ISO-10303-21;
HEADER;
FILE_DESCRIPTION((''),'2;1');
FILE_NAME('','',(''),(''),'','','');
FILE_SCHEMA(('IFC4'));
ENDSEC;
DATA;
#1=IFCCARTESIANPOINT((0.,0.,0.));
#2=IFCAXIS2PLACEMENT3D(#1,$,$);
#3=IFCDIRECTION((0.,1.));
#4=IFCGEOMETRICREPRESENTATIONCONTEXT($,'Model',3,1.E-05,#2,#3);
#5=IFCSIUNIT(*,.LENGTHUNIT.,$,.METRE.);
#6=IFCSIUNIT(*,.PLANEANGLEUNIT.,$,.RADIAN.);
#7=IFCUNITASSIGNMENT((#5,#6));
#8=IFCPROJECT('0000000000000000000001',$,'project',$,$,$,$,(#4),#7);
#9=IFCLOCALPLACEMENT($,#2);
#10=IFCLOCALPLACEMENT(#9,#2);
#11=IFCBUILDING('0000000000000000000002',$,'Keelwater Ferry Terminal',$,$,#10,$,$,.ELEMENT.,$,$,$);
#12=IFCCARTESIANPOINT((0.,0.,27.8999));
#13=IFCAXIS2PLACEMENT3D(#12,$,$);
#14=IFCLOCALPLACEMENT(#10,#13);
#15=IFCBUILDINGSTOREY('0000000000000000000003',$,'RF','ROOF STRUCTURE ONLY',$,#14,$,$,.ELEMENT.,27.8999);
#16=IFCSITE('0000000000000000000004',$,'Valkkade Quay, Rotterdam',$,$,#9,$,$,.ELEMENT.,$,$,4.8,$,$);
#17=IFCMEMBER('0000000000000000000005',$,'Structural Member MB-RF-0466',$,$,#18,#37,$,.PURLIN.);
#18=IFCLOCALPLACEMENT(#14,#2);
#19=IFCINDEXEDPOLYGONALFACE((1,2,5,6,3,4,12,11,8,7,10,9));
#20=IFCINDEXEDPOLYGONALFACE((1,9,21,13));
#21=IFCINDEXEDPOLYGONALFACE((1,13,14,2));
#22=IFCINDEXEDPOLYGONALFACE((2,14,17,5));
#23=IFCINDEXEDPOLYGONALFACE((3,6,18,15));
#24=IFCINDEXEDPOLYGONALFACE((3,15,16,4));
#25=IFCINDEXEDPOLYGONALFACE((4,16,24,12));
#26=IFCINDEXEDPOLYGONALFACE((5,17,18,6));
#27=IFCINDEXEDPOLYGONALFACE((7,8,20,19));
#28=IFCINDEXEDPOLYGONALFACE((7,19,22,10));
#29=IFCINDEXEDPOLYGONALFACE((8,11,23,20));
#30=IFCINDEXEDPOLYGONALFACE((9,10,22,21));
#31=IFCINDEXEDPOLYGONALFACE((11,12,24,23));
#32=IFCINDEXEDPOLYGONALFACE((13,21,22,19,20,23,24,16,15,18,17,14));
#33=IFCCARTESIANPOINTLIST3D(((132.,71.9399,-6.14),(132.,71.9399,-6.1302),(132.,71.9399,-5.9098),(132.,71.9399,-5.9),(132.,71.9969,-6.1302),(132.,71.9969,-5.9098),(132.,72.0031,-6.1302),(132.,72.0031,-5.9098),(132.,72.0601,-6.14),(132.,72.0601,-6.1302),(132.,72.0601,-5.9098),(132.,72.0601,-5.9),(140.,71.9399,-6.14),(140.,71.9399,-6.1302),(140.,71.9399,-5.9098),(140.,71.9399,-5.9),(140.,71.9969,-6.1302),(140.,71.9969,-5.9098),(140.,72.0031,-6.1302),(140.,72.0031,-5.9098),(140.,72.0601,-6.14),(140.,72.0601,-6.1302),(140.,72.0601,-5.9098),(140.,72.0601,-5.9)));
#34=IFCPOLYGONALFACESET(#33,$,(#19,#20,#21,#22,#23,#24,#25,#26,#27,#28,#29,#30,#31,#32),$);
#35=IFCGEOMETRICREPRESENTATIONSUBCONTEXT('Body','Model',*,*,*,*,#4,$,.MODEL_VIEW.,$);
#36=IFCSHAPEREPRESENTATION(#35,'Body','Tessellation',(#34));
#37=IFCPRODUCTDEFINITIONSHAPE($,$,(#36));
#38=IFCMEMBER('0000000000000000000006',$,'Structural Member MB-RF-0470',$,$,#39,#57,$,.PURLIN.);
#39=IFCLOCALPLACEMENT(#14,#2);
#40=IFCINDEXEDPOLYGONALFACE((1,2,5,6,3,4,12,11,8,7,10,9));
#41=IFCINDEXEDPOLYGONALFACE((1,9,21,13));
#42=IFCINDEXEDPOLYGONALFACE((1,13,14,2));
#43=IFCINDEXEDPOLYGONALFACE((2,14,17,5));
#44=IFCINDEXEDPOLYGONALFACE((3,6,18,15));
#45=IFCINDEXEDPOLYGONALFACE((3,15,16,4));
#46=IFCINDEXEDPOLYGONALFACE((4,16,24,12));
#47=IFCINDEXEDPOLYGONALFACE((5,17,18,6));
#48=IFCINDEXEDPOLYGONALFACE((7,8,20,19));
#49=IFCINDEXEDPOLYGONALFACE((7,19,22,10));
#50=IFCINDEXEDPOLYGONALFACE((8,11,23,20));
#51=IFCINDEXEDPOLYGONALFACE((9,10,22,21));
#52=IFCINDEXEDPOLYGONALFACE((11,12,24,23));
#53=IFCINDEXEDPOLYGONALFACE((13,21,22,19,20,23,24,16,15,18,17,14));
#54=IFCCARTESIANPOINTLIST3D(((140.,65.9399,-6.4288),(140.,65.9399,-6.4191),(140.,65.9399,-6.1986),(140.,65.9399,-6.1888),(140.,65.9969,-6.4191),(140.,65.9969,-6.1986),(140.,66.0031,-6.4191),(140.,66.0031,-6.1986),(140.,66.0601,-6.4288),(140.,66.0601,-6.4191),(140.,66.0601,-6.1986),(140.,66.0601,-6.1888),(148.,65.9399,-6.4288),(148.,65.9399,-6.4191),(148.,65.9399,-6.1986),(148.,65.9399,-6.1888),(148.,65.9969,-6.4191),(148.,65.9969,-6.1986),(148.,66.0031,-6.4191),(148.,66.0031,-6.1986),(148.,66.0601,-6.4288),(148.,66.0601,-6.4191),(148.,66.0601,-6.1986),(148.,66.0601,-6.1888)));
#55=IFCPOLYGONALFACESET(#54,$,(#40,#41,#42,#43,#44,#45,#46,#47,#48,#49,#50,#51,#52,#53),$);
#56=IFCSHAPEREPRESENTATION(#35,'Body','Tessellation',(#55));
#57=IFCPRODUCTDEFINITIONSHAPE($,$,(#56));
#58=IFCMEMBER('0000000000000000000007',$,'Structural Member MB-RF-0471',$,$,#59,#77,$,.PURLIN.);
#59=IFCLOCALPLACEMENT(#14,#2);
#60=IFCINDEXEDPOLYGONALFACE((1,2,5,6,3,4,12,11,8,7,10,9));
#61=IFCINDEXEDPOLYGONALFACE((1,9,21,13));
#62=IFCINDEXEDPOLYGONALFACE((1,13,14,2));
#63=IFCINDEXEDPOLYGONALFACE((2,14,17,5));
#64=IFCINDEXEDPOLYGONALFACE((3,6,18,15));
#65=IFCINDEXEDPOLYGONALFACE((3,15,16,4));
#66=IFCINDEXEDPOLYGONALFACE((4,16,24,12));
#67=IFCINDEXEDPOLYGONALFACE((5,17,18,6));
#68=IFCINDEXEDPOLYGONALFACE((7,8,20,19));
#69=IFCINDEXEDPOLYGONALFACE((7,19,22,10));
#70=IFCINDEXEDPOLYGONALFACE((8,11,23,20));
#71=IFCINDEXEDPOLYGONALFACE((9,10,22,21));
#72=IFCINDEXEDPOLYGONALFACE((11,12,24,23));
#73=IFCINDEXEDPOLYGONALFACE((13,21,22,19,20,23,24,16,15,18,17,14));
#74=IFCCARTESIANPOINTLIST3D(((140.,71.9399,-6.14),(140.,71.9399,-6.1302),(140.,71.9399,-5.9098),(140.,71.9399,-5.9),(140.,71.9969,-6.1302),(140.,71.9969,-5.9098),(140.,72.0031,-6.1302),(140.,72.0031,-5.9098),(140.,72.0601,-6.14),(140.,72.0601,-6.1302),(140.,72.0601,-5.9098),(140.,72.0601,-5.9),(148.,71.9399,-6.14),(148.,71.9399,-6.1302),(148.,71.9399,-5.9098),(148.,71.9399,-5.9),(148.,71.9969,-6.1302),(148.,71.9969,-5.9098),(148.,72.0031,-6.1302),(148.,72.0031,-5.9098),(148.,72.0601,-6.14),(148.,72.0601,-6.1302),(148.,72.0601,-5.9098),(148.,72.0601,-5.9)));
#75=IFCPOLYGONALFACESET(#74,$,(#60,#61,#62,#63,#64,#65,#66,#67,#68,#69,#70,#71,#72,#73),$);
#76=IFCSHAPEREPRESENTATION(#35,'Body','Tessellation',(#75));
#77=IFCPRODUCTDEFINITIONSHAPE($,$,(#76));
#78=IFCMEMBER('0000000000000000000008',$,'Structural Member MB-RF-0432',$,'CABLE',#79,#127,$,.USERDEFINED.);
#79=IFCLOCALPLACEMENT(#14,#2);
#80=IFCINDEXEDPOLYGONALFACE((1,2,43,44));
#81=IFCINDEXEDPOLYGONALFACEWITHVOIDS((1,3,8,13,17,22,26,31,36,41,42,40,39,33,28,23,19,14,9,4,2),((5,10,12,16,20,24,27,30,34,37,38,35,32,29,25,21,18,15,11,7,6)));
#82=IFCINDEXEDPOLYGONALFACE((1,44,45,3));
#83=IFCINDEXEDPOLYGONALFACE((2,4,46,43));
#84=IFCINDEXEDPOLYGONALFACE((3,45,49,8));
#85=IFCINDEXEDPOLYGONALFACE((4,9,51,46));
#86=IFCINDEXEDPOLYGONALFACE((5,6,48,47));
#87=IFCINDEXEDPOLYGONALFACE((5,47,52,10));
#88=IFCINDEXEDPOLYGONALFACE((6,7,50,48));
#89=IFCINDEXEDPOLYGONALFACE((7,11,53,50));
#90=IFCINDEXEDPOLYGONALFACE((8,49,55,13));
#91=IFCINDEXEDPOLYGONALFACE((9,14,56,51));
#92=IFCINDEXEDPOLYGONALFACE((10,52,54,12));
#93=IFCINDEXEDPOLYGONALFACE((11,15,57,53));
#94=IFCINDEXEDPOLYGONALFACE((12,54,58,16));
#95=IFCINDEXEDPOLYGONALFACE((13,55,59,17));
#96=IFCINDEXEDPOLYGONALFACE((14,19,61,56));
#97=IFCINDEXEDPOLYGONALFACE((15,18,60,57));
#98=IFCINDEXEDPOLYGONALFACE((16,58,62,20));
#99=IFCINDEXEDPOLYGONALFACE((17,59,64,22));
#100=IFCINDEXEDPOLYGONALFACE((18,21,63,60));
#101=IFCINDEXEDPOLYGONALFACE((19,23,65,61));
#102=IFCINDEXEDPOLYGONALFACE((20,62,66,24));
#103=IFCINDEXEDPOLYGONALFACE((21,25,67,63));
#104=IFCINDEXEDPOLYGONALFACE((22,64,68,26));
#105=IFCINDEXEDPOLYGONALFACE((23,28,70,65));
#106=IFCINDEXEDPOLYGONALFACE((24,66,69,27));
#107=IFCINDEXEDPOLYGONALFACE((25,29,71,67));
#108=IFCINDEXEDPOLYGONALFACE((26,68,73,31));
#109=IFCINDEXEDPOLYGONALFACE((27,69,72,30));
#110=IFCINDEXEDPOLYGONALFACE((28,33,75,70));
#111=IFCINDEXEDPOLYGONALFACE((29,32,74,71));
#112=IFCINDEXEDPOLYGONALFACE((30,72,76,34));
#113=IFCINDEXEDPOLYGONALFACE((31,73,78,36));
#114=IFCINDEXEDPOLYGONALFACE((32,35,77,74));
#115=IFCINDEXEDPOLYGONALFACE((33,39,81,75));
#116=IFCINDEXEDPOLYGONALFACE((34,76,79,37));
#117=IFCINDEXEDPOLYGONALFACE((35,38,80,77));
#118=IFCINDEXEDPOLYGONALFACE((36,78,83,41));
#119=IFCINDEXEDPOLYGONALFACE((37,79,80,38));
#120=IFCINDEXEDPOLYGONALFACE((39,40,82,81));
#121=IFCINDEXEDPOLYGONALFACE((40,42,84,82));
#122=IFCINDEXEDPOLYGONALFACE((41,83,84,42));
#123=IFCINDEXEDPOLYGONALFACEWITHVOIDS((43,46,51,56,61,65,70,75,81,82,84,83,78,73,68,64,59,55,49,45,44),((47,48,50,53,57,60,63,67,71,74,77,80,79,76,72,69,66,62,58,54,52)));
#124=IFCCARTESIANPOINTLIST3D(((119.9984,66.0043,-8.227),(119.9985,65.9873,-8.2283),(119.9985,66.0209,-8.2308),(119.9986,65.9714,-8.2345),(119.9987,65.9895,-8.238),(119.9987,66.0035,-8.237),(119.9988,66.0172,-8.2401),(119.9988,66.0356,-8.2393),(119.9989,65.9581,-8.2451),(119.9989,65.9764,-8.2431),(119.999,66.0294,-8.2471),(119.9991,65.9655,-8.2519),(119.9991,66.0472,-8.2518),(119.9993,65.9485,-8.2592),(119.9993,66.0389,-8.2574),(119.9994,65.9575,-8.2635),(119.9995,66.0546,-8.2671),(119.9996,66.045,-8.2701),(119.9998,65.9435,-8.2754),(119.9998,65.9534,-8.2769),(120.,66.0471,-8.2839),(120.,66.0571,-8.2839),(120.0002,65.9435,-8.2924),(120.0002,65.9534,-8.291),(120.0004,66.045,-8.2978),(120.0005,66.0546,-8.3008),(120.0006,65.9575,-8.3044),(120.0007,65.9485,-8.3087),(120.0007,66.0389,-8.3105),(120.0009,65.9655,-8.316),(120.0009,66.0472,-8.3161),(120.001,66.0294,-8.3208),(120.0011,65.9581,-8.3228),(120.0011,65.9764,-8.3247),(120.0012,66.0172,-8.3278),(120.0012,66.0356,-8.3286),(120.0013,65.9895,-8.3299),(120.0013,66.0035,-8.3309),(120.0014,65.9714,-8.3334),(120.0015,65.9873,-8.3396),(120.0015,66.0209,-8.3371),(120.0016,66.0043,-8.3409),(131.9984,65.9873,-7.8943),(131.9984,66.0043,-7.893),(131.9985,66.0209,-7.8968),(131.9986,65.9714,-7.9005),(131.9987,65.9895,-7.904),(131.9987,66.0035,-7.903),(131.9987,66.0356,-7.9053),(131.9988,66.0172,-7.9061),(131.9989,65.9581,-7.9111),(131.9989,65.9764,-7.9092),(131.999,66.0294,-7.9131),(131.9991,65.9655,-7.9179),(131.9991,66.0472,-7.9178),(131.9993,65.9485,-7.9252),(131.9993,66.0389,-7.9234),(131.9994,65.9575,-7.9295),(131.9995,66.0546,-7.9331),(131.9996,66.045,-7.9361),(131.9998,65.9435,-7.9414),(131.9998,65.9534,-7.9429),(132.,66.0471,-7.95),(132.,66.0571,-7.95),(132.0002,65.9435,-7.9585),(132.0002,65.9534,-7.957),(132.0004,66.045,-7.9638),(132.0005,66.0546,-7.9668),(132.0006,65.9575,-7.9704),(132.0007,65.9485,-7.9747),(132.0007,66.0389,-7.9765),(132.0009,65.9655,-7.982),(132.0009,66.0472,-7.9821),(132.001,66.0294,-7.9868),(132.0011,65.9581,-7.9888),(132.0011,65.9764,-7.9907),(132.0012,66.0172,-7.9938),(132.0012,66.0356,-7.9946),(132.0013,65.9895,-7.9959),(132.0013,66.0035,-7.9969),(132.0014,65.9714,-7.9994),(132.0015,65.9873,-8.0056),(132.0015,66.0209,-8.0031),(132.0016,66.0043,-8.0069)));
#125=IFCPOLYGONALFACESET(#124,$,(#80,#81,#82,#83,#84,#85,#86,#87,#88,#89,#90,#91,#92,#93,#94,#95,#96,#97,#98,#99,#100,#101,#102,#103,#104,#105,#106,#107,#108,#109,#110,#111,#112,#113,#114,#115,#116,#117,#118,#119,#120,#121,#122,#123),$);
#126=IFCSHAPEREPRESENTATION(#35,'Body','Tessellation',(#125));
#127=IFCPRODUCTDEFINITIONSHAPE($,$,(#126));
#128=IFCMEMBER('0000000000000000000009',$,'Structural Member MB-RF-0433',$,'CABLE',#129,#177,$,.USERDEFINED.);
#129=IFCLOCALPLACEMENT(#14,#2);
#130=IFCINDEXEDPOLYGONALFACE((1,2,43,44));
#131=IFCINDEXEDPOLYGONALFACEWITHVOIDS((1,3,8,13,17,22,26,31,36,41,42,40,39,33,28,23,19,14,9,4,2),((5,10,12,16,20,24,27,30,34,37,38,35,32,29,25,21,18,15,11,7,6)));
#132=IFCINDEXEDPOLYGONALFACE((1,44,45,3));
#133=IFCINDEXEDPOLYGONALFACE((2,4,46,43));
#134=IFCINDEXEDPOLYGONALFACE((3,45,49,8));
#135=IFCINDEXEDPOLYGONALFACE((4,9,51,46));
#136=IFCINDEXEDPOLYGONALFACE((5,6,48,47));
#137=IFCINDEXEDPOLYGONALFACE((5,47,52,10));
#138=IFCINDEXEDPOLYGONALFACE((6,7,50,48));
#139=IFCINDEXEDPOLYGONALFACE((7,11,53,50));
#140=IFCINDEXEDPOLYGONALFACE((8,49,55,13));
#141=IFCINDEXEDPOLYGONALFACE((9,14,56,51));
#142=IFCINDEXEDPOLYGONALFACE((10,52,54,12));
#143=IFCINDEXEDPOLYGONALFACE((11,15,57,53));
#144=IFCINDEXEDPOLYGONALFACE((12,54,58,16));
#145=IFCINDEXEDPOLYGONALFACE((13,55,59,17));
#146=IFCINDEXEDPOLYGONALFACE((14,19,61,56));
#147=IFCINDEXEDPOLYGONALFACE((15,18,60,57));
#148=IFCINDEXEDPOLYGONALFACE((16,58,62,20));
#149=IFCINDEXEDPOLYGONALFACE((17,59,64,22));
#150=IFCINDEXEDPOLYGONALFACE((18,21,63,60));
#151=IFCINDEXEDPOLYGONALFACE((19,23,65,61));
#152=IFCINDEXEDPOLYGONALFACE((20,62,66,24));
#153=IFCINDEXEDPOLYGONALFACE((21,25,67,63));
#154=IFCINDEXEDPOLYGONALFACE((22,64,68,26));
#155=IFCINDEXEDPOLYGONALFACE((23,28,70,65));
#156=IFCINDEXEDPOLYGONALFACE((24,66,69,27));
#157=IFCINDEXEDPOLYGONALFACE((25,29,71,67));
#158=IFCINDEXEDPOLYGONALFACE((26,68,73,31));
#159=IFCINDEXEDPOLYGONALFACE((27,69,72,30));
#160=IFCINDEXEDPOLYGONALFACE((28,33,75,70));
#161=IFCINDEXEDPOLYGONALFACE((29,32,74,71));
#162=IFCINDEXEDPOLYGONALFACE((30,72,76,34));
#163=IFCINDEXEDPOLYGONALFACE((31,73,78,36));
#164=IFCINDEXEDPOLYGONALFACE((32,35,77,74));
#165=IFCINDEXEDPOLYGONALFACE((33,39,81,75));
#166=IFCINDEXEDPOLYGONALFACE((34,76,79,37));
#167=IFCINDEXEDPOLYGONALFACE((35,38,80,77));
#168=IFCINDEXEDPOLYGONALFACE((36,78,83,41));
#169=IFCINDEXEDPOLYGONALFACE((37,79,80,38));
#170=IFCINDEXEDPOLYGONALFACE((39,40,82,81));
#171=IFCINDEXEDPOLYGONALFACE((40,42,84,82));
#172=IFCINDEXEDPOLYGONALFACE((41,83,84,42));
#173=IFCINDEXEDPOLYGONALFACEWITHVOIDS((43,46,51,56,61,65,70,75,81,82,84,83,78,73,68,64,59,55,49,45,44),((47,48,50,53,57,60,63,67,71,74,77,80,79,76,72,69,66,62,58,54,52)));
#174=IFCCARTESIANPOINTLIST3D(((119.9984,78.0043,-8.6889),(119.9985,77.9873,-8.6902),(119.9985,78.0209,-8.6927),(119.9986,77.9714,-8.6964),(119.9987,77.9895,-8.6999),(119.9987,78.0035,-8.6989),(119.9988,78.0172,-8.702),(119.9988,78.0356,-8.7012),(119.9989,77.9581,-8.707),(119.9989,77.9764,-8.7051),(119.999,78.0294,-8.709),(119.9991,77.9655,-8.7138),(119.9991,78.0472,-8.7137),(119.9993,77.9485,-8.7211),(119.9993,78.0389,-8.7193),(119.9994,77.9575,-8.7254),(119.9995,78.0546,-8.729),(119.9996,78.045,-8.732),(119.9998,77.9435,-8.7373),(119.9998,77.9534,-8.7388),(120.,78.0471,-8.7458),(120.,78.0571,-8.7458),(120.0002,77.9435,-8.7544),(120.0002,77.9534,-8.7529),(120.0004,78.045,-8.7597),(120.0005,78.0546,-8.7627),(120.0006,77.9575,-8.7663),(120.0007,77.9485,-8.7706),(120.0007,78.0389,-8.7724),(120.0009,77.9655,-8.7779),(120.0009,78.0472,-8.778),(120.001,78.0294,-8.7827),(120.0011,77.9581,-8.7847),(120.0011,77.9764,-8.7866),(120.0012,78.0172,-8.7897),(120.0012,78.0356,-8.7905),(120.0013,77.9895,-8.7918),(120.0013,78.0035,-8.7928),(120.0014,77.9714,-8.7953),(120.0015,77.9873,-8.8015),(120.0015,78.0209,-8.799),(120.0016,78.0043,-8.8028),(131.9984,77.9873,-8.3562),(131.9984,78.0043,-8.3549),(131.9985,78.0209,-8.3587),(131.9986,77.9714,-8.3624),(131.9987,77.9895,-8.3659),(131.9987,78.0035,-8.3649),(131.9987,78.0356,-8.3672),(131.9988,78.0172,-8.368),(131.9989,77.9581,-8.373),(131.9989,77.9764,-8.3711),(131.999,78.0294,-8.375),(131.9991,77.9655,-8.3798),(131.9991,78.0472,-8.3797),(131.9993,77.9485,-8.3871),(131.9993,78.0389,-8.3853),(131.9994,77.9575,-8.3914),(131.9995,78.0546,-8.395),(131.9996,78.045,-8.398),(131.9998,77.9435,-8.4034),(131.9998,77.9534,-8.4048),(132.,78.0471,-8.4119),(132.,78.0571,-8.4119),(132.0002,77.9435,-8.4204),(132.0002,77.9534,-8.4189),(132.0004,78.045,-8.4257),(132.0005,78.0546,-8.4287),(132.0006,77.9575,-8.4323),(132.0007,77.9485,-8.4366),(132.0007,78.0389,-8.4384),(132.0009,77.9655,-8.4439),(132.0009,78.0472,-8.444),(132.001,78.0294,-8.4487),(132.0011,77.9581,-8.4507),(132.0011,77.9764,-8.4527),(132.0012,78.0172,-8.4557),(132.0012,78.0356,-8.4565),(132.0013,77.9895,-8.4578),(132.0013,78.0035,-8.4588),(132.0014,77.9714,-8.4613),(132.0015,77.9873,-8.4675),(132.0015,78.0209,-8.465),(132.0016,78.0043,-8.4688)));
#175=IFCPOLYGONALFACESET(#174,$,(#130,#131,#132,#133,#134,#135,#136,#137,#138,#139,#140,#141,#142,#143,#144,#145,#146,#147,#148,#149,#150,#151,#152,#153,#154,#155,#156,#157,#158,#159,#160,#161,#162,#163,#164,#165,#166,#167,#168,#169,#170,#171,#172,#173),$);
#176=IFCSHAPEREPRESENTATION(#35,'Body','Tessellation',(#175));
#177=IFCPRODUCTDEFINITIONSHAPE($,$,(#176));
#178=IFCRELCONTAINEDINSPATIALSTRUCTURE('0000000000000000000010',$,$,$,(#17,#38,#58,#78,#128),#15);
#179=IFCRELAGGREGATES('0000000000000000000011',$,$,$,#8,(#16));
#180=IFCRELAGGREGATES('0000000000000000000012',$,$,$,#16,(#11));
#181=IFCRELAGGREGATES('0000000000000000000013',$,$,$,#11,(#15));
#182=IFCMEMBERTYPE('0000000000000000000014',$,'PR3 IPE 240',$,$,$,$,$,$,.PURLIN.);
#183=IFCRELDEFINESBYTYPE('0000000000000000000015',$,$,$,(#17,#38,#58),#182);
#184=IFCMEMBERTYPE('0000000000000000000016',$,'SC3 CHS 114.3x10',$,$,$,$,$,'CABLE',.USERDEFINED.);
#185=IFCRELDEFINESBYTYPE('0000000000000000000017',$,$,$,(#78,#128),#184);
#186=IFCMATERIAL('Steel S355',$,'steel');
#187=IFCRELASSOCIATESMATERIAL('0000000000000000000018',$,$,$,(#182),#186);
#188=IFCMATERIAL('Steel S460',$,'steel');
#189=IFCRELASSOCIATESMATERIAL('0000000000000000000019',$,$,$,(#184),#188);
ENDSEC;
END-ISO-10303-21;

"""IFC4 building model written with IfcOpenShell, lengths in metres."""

from ifc_helpers import new_model, si_unit, direction, frame, origin, origin_2d, place, context, subcontext, project, spatial, hollow_circle, i_section, extrude, material, material_profile, profile_set, type_object, element, save


model = new_model("IFC4")

# Units and contexts
model_context = context("Model", 3, precision=1e-05, world=origin(), true_north=direction((0.0, 1.0)))
body_context = subcontext(model_context, "Body", "Model", "MODEL_VIEW")
ifc_project = project(units=[si_unit("LENGTHUNIT", "METRE"), si_unit("PLANEANGLEUNIT", "RADIAN")], contexts=[model_context])

# Site, building, storey
site_placement = place(None, origin())
site = spatial("IfcSite", under=ifc_project, at=site_placement, Name="Valkkade Quay, Rotterdam", CompositionType="ELEMENT", RefElevation=4.8)
building_placement = place(site_placement, origin())
building = spatial("IfcBuilding", under=site, at=building_placement, Name="Keelwater Ferry Terminal", CompositionType="ELEMENT")
storey_placement = place(building_placement, frame((0.0, 0.0, 27.8999)))
storey = spatial("IfcBuildingStorey", under=building, at=storey_placement, Name="RF", Description="ROOF STRUCTURE ONLY", CompositionType="ELEMENT", Elevation=27.8999)

# Members
ifc_material_1 = material(Name="Steel S355", Category="steel")
ifc_material_profile_1 = material_profile(ifc_material_1, i_section(OverallWidth=0.1201, OverallDepth=0.24, WebThickness=0.0061, FlangeThickness=0.0098, at=origin_2d()), Name="IPE 240")
ifc_profile_set_1 = profile_set([ifc_material_profile_1], Name="Steel S355")
member_type_1 = type_object("IfcMemberType", Name="PR3 IPE 240", PredefinedType="PURLIN", material=ifc_profile_set_1)
for number, where, z_axis, x_axis, name in (
    (1, (132.0, 72.0, -6.02), (1.0, 0.0, 0.0), (0.0, 1.0, 0.0), "Structural Member MB-RF-0466"),
    (2, (140.0, 66.0, -6.3088), (1.0, 0.0, 0.0), (0.0, 1.0, 0.0), "Structural Member MB-RF-0470"),
    (3, (140.0, 72.0, -6.02), (1.0, 0.0, 0.0), (0.0, 1.0, 0.0), "Structural Member MB-RF-0471"),
):
    element("IfcMember", number, at=place(storey_placement, frame(where, z_axis=z_axis, x_axis=x_axis)), inside=storey, type_object=member_type_1, Name=name, PredefinedType="PURLIN", context=body_context, shape_type="SweptSolid", body=[
        extrude(i_section(OverallWidth=0.1201, OverallDepth=0.24, WebThickness=0.0061, FlangeThickness=0.0098, at=origin_2d()), origin(), (0.0, 0.0, 1.0), 8.0),
    ])
ifc_material_2 = material(Name="Steel S460", Category="steel")
ifc_material_profile_2 = material_profile(ifc_material_2, hollow_circle(Radius=0.0571, WallThickness=0.01, at=origin_2d()), Name="CHS 114.3x10")
ifc_profile_set_2 = profile_set([ifc_material_profile_2], Name="Steel S460")
member_type_2 = type_object("IfcMemberType", Name="SC3 CHS 114.3x10", ElementType="CABLE", PredefinedType="USERDEFINED", material=ifc_profile_set_2)
for number, where, z_axis, x_axis, name in (
    (4, (120.0, 66.0, -8.2839), (0.999613, 0.0, 0.027821), (0.0, 1.0, 0.0), "Structural Member MB-RF-0432"),
    (5, (120.0, 78.0, -8.7458), (0.999613, 0.0, 0.027821), (0.0, 1.0, 0.0), "Structural Member MB-RF-0433"),
):
    element("IfcMember", number, at=place(storey_placement, frame(where, z_axis=z_axis, x_axis=x_axis)), inside=storey, type_object=member_type_2, Name=name, ObjectType="CABLE", PredefinedType="USERDEFINED", context=body_context, shape_type="SweptSolid", body=[
        extrude(hollow_circle(Radius=0.0571, WallThickness=0.01, at=origin_2d()), origin(), (0.0, 0.0, 1.0), 12.0046),
    ])

save(model, "model.ifc")
